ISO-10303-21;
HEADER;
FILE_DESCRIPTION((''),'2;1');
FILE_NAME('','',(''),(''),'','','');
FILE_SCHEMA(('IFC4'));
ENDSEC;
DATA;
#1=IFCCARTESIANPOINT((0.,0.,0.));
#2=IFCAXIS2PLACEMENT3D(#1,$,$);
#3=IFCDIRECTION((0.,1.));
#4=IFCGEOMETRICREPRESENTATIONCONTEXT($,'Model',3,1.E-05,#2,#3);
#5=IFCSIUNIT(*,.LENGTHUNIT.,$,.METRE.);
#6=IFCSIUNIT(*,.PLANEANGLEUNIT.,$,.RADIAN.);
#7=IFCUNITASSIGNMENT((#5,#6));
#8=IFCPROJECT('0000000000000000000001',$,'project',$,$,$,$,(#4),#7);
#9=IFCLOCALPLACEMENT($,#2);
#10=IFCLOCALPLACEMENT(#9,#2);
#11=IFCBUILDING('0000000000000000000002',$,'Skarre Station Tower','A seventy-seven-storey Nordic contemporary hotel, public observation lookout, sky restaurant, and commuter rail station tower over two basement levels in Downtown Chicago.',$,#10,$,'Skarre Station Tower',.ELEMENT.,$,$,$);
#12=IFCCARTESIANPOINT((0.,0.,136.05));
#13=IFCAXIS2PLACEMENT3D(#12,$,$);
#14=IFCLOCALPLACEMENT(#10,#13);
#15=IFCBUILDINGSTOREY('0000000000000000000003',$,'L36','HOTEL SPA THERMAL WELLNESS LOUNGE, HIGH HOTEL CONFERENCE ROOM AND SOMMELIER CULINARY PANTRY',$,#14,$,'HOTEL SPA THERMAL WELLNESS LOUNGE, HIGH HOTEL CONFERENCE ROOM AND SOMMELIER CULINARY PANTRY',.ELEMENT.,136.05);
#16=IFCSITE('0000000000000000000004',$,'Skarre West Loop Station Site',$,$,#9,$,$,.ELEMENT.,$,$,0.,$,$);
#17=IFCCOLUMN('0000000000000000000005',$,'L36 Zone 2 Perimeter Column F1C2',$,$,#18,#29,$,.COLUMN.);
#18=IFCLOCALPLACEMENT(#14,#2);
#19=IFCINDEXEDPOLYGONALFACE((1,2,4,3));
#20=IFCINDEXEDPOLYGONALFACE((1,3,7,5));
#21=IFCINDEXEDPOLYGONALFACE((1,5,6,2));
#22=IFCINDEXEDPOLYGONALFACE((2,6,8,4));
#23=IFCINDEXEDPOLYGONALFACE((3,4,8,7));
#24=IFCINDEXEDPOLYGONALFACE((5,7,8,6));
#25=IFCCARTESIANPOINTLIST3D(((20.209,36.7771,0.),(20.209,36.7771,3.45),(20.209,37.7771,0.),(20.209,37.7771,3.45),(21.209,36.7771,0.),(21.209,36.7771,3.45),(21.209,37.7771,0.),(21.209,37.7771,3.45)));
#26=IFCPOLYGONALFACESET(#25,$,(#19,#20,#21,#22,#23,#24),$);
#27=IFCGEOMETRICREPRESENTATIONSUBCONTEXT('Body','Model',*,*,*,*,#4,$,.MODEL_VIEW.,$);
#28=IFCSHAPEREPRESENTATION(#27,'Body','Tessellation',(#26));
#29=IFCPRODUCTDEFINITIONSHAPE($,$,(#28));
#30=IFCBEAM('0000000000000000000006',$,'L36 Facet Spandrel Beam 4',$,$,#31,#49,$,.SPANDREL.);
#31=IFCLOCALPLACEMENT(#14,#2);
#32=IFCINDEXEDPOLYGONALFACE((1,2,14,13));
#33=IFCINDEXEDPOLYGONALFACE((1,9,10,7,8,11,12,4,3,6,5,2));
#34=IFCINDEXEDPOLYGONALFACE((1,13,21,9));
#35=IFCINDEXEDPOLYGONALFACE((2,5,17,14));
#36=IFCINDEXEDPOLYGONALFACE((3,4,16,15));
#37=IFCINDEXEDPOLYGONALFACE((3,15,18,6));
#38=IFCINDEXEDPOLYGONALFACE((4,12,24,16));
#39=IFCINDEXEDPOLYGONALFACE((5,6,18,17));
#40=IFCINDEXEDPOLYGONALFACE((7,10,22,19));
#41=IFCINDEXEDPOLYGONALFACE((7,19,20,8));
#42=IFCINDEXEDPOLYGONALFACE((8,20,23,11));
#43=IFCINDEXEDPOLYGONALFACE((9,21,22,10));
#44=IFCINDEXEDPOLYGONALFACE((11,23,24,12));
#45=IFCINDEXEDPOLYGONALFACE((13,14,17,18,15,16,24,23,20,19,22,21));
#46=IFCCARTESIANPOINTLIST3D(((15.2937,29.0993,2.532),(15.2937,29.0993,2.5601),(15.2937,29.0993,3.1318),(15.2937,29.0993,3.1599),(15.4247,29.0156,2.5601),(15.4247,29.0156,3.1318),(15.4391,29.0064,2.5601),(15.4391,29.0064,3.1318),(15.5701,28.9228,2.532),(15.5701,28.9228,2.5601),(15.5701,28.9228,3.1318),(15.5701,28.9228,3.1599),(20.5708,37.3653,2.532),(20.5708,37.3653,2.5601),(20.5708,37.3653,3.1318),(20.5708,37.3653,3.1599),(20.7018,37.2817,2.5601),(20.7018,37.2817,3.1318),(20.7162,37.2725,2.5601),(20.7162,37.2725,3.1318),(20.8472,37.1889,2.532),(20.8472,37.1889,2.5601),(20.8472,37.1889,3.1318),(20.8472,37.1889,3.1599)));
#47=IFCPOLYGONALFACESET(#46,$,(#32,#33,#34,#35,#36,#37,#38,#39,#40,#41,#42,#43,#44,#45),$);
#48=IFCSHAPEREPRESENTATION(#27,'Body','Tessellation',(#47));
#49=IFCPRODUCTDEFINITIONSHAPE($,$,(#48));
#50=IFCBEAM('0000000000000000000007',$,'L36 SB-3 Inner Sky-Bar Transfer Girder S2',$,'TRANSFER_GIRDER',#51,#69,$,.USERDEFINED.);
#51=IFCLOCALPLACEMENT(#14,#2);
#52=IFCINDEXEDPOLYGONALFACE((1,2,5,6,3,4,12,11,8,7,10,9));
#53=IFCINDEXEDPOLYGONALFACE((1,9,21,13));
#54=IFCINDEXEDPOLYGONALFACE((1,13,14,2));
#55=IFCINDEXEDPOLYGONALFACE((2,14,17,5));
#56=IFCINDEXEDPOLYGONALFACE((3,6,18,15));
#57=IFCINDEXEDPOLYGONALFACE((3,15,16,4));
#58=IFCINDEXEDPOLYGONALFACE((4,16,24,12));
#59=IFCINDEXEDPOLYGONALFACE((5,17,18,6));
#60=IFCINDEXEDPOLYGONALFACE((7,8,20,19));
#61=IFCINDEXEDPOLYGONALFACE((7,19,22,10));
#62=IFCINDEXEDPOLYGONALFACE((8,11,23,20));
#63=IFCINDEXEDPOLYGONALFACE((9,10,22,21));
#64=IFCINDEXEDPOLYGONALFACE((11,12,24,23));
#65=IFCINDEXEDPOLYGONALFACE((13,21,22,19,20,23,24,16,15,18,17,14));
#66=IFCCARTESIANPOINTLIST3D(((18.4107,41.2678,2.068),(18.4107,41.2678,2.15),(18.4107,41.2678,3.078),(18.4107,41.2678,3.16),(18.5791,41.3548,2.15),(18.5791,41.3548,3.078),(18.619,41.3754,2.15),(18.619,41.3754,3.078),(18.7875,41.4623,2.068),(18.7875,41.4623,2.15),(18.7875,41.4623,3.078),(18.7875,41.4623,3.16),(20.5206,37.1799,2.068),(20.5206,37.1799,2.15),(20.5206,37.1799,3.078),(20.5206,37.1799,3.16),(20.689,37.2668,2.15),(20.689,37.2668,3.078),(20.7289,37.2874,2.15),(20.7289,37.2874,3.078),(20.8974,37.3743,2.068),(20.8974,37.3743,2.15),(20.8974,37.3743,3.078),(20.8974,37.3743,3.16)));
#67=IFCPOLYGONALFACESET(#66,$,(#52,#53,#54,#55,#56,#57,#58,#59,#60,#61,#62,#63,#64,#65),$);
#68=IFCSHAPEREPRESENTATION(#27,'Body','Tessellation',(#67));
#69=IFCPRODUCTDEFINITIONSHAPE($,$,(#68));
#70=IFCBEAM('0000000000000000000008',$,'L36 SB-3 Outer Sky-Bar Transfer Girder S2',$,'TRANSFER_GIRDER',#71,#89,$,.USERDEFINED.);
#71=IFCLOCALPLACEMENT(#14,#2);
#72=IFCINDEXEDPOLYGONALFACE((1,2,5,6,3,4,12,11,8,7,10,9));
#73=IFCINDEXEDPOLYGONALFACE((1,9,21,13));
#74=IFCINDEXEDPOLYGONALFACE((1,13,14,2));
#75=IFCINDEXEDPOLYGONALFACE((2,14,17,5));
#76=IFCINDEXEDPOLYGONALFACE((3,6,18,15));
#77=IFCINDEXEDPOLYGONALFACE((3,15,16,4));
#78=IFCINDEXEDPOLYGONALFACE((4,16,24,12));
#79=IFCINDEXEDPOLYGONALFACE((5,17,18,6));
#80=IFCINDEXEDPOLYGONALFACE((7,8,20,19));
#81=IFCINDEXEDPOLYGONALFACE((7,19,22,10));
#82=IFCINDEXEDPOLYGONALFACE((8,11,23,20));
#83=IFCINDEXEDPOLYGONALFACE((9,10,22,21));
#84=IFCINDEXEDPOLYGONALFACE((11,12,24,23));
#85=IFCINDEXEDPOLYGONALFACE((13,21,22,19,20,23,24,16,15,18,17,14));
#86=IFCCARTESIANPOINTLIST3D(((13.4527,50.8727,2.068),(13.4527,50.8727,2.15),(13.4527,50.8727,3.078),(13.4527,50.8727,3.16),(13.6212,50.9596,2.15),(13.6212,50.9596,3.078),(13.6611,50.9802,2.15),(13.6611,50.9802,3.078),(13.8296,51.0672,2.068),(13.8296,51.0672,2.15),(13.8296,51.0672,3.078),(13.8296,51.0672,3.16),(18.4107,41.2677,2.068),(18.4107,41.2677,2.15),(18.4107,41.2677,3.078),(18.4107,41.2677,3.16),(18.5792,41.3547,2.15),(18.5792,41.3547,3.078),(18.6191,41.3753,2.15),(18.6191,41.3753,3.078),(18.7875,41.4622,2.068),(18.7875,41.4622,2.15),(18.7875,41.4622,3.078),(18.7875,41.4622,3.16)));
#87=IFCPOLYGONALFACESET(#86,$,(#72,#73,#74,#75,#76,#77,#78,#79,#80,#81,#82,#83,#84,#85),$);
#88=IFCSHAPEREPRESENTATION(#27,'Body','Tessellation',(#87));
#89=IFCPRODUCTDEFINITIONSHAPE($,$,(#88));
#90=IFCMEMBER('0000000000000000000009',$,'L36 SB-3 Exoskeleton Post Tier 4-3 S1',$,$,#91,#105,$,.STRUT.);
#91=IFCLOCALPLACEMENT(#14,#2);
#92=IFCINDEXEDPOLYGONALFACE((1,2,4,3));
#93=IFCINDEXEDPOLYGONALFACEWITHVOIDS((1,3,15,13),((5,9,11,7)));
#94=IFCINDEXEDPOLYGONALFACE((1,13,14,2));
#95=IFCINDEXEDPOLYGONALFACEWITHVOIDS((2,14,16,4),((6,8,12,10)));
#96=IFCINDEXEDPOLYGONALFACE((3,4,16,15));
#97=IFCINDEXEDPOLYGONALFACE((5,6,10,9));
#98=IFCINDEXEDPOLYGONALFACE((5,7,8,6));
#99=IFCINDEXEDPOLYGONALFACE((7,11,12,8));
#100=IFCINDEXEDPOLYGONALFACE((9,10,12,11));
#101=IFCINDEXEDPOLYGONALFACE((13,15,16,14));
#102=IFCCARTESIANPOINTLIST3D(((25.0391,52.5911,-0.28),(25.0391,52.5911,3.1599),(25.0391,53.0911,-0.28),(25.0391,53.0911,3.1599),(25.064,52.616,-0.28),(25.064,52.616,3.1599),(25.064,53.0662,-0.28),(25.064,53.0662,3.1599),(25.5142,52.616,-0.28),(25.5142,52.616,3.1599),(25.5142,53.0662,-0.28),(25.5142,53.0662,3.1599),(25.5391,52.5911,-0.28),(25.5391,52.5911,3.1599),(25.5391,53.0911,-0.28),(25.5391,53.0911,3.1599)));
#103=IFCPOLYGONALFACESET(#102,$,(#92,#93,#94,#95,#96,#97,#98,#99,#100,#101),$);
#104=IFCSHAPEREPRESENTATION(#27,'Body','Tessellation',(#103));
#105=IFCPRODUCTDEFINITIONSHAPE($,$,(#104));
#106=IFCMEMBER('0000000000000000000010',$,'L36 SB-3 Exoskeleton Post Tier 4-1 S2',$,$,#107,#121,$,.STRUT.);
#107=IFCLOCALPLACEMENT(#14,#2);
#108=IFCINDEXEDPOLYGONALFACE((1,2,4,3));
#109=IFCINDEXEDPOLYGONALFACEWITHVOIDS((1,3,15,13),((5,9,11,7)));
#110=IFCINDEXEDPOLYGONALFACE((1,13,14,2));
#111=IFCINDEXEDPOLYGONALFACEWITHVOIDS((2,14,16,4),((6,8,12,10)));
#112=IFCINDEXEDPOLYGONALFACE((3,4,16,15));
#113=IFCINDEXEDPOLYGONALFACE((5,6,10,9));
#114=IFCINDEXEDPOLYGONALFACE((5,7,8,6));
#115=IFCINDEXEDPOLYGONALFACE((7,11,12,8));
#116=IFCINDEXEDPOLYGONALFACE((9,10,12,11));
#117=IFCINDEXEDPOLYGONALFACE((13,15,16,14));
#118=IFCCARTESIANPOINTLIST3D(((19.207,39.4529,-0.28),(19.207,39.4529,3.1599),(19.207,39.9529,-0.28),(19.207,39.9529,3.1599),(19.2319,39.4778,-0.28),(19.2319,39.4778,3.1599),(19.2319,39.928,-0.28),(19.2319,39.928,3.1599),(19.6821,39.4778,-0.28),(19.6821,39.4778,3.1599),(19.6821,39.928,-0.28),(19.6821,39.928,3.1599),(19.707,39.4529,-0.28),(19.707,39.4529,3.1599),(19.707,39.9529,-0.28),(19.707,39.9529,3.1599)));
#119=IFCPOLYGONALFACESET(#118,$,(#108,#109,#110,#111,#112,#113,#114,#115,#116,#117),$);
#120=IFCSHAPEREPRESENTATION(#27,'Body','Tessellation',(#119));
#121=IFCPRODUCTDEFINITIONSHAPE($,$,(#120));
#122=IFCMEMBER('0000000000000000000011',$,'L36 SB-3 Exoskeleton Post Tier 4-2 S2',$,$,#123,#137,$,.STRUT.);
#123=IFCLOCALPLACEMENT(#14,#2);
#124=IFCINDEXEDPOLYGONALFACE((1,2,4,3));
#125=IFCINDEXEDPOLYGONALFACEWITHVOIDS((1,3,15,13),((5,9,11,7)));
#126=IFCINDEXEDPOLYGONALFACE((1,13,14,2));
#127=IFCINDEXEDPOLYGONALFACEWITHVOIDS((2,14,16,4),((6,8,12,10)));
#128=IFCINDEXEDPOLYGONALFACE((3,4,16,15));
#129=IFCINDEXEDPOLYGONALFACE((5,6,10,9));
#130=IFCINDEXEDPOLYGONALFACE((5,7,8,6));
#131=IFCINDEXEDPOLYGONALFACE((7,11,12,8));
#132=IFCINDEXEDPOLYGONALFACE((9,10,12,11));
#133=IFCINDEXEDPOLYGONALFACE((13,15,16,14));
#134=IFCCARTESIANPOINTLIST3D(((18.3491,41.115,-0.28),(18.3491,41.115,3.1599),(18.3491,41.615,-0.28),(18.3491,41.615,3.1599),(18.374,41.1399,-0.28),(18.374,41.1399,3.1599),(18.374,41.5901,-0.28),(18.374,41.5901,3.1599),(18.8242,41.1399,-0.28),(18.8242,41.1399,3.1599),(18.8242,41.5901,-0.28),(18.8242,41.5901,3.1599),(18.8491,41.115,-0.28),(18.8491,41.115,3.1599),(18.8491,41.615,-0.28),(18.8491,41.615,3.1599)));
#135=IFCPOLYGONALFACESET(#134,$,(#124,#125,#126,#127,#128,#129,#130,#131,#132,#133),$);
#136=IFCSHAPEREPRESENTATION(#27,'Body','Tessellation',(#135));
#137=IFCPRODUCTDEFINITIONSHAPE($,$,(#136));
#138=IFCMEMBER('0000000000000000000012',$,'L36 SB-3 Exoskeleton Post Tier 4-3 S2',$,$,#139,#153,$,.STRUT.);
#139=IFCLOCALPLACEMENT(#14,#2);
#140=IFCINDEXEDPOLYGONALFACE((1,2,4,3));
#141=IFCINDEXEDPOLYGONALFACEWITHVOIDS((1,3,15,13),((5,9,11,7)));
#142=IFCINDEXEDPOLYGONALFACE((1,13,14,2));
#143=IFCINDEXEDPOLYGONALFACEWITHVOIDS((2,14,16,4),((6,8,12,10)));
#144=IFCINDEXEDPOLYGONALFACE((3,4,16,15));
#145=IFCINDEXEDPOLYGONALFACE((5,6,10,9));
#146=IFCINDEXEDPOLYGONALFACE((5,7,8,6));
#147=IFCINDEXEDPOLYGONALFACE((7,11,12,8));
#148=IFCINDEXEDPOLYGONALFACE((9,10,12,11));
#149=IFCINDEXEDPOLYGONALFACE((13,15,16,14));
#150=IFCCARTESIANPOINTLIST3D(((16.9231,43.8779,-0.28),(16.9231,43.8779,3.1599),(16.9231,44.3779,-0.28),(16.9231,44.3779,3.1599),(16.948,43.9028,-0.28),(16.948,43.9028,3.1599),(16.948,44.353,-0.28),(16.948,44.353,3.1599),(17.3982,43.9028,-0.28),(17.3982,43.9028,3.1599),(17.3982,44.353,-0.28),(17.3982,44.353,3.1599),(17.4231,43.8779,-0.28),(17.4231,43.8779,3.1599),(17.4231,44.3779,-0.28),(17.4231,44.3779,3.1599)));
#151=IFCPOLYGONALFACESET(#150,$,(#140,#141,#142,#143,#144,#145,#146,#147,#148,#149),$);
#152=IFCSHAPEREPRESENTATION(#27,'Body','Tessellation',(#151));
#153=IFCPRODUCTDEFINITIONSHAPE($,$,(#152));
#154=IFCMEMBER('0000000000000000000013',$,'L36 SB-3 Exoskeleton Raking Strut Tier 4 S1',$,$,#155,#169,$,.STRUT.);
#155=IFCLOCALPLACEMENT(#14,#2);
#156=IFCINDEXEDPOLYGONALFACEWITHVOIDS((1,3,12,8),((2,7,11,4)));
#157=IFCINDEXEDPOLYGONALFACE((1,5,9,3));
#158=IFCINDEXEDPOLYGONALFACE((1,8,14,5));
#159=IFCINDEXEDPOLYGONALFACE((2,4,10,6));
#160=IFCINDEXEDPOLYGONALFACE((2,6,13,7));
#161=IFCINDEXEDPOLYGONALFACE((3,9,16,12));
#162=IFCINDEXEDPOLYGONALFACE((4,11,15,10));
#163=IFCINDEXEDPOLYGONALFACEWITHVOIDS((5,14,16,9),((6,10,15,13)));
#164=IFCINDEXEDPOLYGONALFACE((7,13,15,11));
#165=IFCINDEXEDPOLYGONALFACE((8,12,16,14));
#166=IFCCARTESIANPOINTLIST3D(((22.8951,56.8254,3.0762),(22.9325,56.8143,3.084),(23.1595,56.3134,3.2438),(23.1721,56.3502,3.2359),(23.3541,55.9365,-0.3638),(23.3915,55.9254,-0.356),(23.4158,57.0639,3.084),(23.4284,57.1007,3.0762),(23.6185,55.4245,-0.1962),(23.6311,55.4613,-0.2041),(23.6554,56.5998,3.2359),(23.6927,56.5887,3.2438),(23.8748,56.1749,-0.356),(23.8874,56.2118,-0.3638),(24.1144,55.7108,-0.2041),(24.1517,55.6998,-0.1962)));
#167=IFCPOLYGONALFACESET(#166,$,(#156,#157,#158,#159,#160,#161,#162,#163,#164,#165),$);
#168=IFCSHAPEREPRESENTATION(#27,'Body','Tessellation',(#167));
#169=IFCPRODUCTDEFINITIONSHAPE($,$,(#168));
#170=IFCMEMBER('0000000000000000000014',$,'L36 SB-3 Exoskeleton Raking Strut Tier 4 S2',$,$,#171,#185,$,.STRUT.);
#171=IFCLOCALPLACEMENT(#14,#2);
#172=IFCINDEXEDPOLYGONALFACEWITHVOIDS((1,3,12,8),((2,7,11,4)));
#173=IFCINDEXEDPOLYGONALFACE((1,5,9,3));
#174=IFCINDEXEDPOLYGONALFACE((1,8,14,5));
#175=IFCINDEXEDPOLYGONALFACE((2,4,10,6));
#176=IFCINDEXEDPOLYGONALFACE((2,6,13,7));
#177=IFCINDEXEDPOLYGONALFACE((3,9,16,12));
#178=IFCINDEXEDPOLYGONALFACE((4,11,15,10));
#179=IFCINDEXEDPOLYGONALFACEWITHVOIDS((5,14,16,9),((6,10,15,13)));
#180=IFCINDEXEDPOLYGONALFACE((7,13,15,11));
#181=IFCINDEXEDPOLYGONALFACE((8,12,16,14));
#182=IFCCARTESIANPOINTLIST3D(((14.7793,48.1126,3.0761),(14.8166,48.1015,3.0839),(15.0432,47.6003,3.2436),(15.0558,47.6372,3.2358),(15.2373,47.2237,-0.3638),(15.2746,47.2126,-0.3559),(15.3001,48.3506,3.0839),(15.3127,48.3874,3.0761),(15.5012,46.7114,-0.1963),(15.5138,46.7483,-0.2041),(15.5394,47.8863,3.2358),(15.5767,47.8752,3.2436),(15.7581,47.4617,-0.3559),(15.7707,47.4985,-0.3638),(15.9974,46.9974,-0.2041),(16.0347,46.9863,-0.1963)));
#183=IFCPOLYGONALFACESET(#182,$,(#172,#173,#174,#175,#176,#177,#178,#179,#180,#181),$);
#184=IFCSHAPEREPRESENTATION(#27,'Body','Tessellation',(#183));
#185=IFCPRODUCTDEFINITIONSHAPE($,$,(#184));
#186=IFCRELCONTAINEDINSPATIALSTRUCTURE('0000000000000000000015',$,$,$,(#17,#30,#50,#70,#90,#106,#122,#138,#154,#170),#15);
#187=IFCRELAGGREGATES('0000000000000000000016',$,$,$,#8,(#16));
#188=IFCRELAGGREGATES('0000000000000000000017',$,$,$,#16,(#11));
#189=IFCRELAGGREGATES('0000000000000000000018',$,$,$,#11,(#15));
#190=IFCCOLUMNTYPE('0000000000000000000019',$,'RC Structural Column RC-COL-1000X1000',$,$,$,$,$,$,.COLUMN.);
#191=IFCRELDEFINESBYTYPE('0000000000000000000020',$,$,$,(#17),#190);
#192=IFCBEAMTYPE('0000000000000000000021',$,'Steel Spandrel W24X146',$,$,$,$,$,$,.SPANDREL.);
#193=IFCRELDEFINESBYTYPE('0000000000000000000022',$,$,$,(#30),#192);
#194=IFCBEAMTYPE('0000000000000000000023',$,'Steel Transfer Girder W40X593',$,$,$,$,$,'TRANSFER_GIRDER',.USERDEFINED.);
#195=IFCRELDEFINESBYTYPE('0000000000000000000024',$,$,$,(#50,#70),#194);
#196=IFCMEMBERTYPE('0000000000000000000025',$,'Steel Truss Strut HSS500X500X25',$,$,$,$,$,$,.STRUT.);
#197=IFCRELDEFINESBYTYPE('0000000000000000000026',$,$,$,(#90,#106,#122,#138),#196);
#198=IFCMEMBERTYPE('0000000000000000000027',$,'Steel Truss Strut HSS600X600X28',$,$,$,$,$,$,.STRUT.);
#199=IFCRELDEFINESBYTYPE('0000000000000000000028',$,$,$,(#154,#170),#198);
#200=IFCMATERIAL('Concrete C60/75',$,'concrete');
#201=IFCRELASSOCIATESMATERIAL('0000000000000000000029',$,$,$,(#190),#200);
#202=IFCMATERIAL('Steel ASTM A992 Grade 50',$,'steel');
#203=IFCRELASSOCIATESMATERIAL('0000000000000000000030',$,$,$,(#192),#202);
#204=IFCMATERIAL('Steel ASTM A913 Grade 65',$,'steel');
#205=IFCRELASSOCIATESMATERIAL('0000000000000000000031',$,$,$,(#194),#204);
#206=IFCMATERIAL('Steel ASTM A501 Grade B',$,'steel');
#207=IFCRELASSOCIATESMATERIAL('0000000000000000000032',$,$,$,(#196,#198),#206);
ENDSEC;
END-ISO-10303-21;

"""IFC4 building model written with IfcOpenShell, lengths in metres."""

from ifc_helpers import new_model, si_unit, direction, frame, origin, origin_2d, place, context, subcontext, project, spatial, rectangle, hollow_rectangle, i_section, extrude, material, material_profile, profile_set, type_object, element, save


model = new_model("IFC4")

# Units and contexts
model_context = context("Model", 3, precision=1e-05, world=origin(), true_north=direction((0.0, 1.0)))
body_context = subcontext(model_context, "Body", "Model", "MODEL_VIEW")
ifc_project = project(units=[si_unit("LENGTHUNIT", "METRE"), si_unit("PLANEANGLEUNIT", "RADIAN")], contexts=[model_context])

# Site, building, storey
site_placement = place(None, origin())
site = spatial("IfcSite", under=ifc_project, at=site_placement, Name="Skarre West Loop Station Site", CompositionType="ELEMENT", RefElevation=0.0)
building_placement = place(site_placement, origin())
building = spatial("IfcBuilding", under=site, at=building_placement, Name="Skarre Station Tower", Description="A seventy-seven-storey Nordic contemporary hotel, public observation lookout, sky restaurant, and commuter rail station tower over two basement levels in Downtown Chicago.", LongName="Skarre Station Tower", CompositionType="ELEMENT")
storey_placement = place(building_placement, frame((0.0, 0.0, 136.05)))
storey = spatial("IfcBuildingStorey", under=building, at=storey_placement, Name="L36", Description="HOTEL SPA THERMAL WELLNESS LOUNGE, HIGH HOTEL CONFERENCE ROOM AND SOMMELIER CULINARY PANTRY", LongName="HOTEL SPA THERMAL WELLNESS LOUNGE, HIGH HOTEL CONFERENCE ROOM AND SOMMELIER CULINARY PANTRY", CompositionType="ELEMENT", Elevation=136.05)

# Column
ifc_material_1 = material(Name="Concrete C60/75", Category="concrete")
ifc_material_profile_1 = material_profile(ifc_material_1, rectangle(XDim=1.0, YDim=1.0, at=origin_2d()), Name="Concrete C60/75")
ifc_profile_set_1 = profile_set([ifc_material_profile_1], Name="Concrete C60/75")
column_type = type_object("IfcColumnType", Name="RC Structural Column RC-COL-1000X1000", PredefinedType="COLUMN", material=ifc_profile_set_1)
column_placement = place(storey_placement, frame((20.709, 37.2771, 0.0), z_axis=(0.0, 0.0, 1.0), x_axis=(1.0, 0.0, 0.0)))
element("IfcColumn", 1, at=column_placement, inside=storey, type_object=column_type, Name="L36 Zone 2 Perimeter Column F1C2", PredefinedType="COLUMN", context=body_context, shape_type="SweptSolid", body=[
    extrude(rectangle(XDim=1.0, YDim=1.0, at=origin_2d()), origin(), (0.0, 0.0, 1.0), 3.45),
])

# Beams
ifc_material_2 = material(Name="Steel ASTM A992 Grade 50", Category="steel")
ifc_material_profile_2 = material_profile(ifc_material_2, i_section(OverallWidth=0.3279, OverallDepth=0.6279, WebThickness=0.0171, FlangeThickness=0.0281, at=origin_2d()), Name="Steel ASTM A992 Grade 50")
ifc_profile_set_2 = profile_set([ifc_material_profile_2], Name="Steel ASTM A992 Grade 50")
beam_type_1 = type_object("IfcBeamType", Name="Steel Spandrel W24X146", PredefinedType="SPANDREL", material=ifc_profile_set_2)
beam_1_placement = place(storey_placement, frame((20.709, 37.2771, 2.8459), z_axis=(-0.538098, -0.842883, 0.0), x_axis=(0.842883, -0.538098, 0.0)))
element("IfcBeam", 2, at=beam_1_placement, inside=storey, type_object=beam_type_1, Name="L36 Facet Spandrel Beam 4", PredefinedType="SPANDREL", context=body_context, shape_type="SweptSolid", body=[
    extrude(i_section(OverallWidth=0.3279, OverallDepth=0.6279, WebThickness=0.0171, FlangeThickness=0.0281, at=origin_2d()), origin(), (0.0, 0.0, 1.0), 9.8069),
])
ifc_material_3 = material(Name="Steel ASTM A913 Grade 65", Category="steel")
ifc_material_profile_3 = material_profile(ifc_material_3, i_section(OverallWidth=0.4241, OverallDepth=1.092, WebThickness=0.0449, FlangeThickness=0.082, at=origin_2d()), Name="Steel ASTM A913 Grade 65")
ifc_profile_set_3 = profile_set([ifc_material_profile_3], Name="Steel ASTM A913 Grade 65")
beam_type_2 = type_object("IfcBeamType", Name="Steel Transfer Girder W40X593", ElementType="TRANSFER_GIRDER", PredefinedType="USERDEFINED", material=ifc_profile_set_3)
beam_2_placement = place(storey_placement, frame((20.709, 37.2771, 2.614), z_axis=(-0.45864, 0.888622, 0.0), x_axis=(-0.888622, -0.45864, 0.0)))
element("IfcBeam", 3, at=beam_2_placement, inside=storey, type_object=beam_type_2, Name="L36 SB-3 Inner Sky-Bar Transfer Girder S2", ObjectType="TRANSFER_GIRDER", PredefinedType="USERDEFINED", context=body_context, shape_type="SweptSolid", body=[
    extrude(i_section(OverallWidth=0.4241, OverallDepth=1.092, WebThickness=0.0449, FlangeThickness=0.082, at=origin_2d()), origin(), (0.0, 0.0, 1.0), 4.6003),
])
beam_3_placement = place(storey_placement, frame((18.5991, 41.365, 2.614), z_axis=(-0.458687, 0.888598, 0.0), x_axis=(-0.888598, -0.458687, 0.0)))
element("IfcBeam", 4, at=beam_3_placement, inside=storey, type_object=beam_type_2, Name="L36 SB-3 Outer Sky-Bar Transfer Girder S2", ObjectType="TRANSFER_GIRDER", PredefinedType="USERDEFINED", context=body_context, shape_type="SweptSolid", body=[
    extrude(i_section(OverallWidth=0.4241, OverallDepth=1.092, WebThickness=0.0449, FlangeThickness=0.082, at=origin_2d()), origin(), (0.0, 0.0, 1.0), 10.8091),
])

# Members
ifc_material_4 = material(Name="Steel ASTM A501 Grade B", Category="steel")
ifc_material_profile_4 = material_profile(ifc_material_4, hollow_rectangle(XDim=0.5, YDim=0.5, WallThickness=0.0249, at=origin_2d()), Name="Steel ASTM A501 Grade B")
ifc_profile_set_4 = profile_set([ifc_material_profile_4], Name="Steel ASTM A501 Grade B")
member_type_1 = type_object("IfcMemberType", Name="Steel Truss Strut HSS500X500X25", PredefinedType="STRUT", material=ifc_profile_set_4)
for number, where, z_axis, x_axis, name in (
    (5, (25.2891, 52.8411, -0.28), (0.0, 0.0, 1.0), (1.0, 0.0, 0.0), "L36 SB-3 Exoskeleton Post Tier 4-3 S1"),
    (6, (19.457, 39.7029, -0.28), (0.0, 0.0, 1.0), (1.0, 0.0, 0.0), "L36 SB-3 Exoskeleton Post Tier 4-1 S2"),
    (7, (18.5991, 41.365, -0.28), (0.0, 0.0, 1.0), (1.0, 0.0, 0.0), "L36 SB-3 Exoskeleton Post Tier 4-2 S2"),
    (8, (17.1731, 44.1279, -0.28), (0.0, 0.0, 1.0), (1.0, 0.0, 0.0), "L36 SB-3 Exoskeleton Post Tier 4-3 S2"),
):
    element("IfcMember", number, at=place(storey_placement, frame(where, z_axis=z_axis, x_axis=x_axis)), inside=storey, type_object=member_type_1, Name=name, PredefinedType="STRUT", context=body_context, shape_type="SweptSolid", body=[
        extrude(hollow_rectangle(XDim=0.5, YDim=0.5, WallThickness=0.0249, at=origin_2d()), origin(), (0.0, 0.0, 1.0), 3.4399),
    ])
ifc_material_profile_5 = material_profile(ifc_material_4, hollow_rectangle(XDim=0.6001, YDim=0.6001, WallThickness=0.0281, at=origin_2d()), Name="Steel ASTM A501 Grade B")
ifc_profile_set_5 = profile_set([ifc_material_profile_5], Name="Steel ASTM A501 Grade B")
member_type_2 = type_object("IfcMemberType", Name="Steel Truss Strut HSS600X600X28", PredefinedType="STRUT", material=ifc_profile_set_5)
member_1_placement = place(storey_placement, frame((23.7529, 55.8181, -0.28), z_axis=(-0.12812, 0.24813, 0.960217), x_axis=(-0.888544, -0.458792, 0.0)))
element("IfcMember", 9, at=member_1_placement, inside=storey, type_object=member_type_2, Name="L36 SB-3 Exoskeleton Raking Strut Tier 4 S1", PredefinedType="STRUT", context=body_context, shape_type="SweptSolid", body=[
    extrude(hollow_rectangle(XDim=0.6001, YDim=0.6001, WallThickness=0.0281, at=origin_2d()), origin(), (0.0, 0.0, 1.0), 3.5825),
])
member_2_placement = place(storey_placement, frame((15.636, 47.105, -0.28), z_axis=(-0.127852, 0.248139, 0.960251), x_axis=(-0.888941, -0.458021, 0.0)))
element("IfcMember", 10, at=member_2_placement, inside=storey, type_object=member_type_2, Name="L36 SB-3 Exoskeleton Raking Strut Tier 4 S2", PredefinedType="STRUT", context=body_context, shape_type="SweptSolid", body=[
    extrude(hollow_rectangle(XDim=0.6001, YDim=0.6001, WallThickness=0.0281, at=origin_2d()), origin(), (0.0, 0.0, 1.0), 3.5823),
])

save(model, "model.ifc")
